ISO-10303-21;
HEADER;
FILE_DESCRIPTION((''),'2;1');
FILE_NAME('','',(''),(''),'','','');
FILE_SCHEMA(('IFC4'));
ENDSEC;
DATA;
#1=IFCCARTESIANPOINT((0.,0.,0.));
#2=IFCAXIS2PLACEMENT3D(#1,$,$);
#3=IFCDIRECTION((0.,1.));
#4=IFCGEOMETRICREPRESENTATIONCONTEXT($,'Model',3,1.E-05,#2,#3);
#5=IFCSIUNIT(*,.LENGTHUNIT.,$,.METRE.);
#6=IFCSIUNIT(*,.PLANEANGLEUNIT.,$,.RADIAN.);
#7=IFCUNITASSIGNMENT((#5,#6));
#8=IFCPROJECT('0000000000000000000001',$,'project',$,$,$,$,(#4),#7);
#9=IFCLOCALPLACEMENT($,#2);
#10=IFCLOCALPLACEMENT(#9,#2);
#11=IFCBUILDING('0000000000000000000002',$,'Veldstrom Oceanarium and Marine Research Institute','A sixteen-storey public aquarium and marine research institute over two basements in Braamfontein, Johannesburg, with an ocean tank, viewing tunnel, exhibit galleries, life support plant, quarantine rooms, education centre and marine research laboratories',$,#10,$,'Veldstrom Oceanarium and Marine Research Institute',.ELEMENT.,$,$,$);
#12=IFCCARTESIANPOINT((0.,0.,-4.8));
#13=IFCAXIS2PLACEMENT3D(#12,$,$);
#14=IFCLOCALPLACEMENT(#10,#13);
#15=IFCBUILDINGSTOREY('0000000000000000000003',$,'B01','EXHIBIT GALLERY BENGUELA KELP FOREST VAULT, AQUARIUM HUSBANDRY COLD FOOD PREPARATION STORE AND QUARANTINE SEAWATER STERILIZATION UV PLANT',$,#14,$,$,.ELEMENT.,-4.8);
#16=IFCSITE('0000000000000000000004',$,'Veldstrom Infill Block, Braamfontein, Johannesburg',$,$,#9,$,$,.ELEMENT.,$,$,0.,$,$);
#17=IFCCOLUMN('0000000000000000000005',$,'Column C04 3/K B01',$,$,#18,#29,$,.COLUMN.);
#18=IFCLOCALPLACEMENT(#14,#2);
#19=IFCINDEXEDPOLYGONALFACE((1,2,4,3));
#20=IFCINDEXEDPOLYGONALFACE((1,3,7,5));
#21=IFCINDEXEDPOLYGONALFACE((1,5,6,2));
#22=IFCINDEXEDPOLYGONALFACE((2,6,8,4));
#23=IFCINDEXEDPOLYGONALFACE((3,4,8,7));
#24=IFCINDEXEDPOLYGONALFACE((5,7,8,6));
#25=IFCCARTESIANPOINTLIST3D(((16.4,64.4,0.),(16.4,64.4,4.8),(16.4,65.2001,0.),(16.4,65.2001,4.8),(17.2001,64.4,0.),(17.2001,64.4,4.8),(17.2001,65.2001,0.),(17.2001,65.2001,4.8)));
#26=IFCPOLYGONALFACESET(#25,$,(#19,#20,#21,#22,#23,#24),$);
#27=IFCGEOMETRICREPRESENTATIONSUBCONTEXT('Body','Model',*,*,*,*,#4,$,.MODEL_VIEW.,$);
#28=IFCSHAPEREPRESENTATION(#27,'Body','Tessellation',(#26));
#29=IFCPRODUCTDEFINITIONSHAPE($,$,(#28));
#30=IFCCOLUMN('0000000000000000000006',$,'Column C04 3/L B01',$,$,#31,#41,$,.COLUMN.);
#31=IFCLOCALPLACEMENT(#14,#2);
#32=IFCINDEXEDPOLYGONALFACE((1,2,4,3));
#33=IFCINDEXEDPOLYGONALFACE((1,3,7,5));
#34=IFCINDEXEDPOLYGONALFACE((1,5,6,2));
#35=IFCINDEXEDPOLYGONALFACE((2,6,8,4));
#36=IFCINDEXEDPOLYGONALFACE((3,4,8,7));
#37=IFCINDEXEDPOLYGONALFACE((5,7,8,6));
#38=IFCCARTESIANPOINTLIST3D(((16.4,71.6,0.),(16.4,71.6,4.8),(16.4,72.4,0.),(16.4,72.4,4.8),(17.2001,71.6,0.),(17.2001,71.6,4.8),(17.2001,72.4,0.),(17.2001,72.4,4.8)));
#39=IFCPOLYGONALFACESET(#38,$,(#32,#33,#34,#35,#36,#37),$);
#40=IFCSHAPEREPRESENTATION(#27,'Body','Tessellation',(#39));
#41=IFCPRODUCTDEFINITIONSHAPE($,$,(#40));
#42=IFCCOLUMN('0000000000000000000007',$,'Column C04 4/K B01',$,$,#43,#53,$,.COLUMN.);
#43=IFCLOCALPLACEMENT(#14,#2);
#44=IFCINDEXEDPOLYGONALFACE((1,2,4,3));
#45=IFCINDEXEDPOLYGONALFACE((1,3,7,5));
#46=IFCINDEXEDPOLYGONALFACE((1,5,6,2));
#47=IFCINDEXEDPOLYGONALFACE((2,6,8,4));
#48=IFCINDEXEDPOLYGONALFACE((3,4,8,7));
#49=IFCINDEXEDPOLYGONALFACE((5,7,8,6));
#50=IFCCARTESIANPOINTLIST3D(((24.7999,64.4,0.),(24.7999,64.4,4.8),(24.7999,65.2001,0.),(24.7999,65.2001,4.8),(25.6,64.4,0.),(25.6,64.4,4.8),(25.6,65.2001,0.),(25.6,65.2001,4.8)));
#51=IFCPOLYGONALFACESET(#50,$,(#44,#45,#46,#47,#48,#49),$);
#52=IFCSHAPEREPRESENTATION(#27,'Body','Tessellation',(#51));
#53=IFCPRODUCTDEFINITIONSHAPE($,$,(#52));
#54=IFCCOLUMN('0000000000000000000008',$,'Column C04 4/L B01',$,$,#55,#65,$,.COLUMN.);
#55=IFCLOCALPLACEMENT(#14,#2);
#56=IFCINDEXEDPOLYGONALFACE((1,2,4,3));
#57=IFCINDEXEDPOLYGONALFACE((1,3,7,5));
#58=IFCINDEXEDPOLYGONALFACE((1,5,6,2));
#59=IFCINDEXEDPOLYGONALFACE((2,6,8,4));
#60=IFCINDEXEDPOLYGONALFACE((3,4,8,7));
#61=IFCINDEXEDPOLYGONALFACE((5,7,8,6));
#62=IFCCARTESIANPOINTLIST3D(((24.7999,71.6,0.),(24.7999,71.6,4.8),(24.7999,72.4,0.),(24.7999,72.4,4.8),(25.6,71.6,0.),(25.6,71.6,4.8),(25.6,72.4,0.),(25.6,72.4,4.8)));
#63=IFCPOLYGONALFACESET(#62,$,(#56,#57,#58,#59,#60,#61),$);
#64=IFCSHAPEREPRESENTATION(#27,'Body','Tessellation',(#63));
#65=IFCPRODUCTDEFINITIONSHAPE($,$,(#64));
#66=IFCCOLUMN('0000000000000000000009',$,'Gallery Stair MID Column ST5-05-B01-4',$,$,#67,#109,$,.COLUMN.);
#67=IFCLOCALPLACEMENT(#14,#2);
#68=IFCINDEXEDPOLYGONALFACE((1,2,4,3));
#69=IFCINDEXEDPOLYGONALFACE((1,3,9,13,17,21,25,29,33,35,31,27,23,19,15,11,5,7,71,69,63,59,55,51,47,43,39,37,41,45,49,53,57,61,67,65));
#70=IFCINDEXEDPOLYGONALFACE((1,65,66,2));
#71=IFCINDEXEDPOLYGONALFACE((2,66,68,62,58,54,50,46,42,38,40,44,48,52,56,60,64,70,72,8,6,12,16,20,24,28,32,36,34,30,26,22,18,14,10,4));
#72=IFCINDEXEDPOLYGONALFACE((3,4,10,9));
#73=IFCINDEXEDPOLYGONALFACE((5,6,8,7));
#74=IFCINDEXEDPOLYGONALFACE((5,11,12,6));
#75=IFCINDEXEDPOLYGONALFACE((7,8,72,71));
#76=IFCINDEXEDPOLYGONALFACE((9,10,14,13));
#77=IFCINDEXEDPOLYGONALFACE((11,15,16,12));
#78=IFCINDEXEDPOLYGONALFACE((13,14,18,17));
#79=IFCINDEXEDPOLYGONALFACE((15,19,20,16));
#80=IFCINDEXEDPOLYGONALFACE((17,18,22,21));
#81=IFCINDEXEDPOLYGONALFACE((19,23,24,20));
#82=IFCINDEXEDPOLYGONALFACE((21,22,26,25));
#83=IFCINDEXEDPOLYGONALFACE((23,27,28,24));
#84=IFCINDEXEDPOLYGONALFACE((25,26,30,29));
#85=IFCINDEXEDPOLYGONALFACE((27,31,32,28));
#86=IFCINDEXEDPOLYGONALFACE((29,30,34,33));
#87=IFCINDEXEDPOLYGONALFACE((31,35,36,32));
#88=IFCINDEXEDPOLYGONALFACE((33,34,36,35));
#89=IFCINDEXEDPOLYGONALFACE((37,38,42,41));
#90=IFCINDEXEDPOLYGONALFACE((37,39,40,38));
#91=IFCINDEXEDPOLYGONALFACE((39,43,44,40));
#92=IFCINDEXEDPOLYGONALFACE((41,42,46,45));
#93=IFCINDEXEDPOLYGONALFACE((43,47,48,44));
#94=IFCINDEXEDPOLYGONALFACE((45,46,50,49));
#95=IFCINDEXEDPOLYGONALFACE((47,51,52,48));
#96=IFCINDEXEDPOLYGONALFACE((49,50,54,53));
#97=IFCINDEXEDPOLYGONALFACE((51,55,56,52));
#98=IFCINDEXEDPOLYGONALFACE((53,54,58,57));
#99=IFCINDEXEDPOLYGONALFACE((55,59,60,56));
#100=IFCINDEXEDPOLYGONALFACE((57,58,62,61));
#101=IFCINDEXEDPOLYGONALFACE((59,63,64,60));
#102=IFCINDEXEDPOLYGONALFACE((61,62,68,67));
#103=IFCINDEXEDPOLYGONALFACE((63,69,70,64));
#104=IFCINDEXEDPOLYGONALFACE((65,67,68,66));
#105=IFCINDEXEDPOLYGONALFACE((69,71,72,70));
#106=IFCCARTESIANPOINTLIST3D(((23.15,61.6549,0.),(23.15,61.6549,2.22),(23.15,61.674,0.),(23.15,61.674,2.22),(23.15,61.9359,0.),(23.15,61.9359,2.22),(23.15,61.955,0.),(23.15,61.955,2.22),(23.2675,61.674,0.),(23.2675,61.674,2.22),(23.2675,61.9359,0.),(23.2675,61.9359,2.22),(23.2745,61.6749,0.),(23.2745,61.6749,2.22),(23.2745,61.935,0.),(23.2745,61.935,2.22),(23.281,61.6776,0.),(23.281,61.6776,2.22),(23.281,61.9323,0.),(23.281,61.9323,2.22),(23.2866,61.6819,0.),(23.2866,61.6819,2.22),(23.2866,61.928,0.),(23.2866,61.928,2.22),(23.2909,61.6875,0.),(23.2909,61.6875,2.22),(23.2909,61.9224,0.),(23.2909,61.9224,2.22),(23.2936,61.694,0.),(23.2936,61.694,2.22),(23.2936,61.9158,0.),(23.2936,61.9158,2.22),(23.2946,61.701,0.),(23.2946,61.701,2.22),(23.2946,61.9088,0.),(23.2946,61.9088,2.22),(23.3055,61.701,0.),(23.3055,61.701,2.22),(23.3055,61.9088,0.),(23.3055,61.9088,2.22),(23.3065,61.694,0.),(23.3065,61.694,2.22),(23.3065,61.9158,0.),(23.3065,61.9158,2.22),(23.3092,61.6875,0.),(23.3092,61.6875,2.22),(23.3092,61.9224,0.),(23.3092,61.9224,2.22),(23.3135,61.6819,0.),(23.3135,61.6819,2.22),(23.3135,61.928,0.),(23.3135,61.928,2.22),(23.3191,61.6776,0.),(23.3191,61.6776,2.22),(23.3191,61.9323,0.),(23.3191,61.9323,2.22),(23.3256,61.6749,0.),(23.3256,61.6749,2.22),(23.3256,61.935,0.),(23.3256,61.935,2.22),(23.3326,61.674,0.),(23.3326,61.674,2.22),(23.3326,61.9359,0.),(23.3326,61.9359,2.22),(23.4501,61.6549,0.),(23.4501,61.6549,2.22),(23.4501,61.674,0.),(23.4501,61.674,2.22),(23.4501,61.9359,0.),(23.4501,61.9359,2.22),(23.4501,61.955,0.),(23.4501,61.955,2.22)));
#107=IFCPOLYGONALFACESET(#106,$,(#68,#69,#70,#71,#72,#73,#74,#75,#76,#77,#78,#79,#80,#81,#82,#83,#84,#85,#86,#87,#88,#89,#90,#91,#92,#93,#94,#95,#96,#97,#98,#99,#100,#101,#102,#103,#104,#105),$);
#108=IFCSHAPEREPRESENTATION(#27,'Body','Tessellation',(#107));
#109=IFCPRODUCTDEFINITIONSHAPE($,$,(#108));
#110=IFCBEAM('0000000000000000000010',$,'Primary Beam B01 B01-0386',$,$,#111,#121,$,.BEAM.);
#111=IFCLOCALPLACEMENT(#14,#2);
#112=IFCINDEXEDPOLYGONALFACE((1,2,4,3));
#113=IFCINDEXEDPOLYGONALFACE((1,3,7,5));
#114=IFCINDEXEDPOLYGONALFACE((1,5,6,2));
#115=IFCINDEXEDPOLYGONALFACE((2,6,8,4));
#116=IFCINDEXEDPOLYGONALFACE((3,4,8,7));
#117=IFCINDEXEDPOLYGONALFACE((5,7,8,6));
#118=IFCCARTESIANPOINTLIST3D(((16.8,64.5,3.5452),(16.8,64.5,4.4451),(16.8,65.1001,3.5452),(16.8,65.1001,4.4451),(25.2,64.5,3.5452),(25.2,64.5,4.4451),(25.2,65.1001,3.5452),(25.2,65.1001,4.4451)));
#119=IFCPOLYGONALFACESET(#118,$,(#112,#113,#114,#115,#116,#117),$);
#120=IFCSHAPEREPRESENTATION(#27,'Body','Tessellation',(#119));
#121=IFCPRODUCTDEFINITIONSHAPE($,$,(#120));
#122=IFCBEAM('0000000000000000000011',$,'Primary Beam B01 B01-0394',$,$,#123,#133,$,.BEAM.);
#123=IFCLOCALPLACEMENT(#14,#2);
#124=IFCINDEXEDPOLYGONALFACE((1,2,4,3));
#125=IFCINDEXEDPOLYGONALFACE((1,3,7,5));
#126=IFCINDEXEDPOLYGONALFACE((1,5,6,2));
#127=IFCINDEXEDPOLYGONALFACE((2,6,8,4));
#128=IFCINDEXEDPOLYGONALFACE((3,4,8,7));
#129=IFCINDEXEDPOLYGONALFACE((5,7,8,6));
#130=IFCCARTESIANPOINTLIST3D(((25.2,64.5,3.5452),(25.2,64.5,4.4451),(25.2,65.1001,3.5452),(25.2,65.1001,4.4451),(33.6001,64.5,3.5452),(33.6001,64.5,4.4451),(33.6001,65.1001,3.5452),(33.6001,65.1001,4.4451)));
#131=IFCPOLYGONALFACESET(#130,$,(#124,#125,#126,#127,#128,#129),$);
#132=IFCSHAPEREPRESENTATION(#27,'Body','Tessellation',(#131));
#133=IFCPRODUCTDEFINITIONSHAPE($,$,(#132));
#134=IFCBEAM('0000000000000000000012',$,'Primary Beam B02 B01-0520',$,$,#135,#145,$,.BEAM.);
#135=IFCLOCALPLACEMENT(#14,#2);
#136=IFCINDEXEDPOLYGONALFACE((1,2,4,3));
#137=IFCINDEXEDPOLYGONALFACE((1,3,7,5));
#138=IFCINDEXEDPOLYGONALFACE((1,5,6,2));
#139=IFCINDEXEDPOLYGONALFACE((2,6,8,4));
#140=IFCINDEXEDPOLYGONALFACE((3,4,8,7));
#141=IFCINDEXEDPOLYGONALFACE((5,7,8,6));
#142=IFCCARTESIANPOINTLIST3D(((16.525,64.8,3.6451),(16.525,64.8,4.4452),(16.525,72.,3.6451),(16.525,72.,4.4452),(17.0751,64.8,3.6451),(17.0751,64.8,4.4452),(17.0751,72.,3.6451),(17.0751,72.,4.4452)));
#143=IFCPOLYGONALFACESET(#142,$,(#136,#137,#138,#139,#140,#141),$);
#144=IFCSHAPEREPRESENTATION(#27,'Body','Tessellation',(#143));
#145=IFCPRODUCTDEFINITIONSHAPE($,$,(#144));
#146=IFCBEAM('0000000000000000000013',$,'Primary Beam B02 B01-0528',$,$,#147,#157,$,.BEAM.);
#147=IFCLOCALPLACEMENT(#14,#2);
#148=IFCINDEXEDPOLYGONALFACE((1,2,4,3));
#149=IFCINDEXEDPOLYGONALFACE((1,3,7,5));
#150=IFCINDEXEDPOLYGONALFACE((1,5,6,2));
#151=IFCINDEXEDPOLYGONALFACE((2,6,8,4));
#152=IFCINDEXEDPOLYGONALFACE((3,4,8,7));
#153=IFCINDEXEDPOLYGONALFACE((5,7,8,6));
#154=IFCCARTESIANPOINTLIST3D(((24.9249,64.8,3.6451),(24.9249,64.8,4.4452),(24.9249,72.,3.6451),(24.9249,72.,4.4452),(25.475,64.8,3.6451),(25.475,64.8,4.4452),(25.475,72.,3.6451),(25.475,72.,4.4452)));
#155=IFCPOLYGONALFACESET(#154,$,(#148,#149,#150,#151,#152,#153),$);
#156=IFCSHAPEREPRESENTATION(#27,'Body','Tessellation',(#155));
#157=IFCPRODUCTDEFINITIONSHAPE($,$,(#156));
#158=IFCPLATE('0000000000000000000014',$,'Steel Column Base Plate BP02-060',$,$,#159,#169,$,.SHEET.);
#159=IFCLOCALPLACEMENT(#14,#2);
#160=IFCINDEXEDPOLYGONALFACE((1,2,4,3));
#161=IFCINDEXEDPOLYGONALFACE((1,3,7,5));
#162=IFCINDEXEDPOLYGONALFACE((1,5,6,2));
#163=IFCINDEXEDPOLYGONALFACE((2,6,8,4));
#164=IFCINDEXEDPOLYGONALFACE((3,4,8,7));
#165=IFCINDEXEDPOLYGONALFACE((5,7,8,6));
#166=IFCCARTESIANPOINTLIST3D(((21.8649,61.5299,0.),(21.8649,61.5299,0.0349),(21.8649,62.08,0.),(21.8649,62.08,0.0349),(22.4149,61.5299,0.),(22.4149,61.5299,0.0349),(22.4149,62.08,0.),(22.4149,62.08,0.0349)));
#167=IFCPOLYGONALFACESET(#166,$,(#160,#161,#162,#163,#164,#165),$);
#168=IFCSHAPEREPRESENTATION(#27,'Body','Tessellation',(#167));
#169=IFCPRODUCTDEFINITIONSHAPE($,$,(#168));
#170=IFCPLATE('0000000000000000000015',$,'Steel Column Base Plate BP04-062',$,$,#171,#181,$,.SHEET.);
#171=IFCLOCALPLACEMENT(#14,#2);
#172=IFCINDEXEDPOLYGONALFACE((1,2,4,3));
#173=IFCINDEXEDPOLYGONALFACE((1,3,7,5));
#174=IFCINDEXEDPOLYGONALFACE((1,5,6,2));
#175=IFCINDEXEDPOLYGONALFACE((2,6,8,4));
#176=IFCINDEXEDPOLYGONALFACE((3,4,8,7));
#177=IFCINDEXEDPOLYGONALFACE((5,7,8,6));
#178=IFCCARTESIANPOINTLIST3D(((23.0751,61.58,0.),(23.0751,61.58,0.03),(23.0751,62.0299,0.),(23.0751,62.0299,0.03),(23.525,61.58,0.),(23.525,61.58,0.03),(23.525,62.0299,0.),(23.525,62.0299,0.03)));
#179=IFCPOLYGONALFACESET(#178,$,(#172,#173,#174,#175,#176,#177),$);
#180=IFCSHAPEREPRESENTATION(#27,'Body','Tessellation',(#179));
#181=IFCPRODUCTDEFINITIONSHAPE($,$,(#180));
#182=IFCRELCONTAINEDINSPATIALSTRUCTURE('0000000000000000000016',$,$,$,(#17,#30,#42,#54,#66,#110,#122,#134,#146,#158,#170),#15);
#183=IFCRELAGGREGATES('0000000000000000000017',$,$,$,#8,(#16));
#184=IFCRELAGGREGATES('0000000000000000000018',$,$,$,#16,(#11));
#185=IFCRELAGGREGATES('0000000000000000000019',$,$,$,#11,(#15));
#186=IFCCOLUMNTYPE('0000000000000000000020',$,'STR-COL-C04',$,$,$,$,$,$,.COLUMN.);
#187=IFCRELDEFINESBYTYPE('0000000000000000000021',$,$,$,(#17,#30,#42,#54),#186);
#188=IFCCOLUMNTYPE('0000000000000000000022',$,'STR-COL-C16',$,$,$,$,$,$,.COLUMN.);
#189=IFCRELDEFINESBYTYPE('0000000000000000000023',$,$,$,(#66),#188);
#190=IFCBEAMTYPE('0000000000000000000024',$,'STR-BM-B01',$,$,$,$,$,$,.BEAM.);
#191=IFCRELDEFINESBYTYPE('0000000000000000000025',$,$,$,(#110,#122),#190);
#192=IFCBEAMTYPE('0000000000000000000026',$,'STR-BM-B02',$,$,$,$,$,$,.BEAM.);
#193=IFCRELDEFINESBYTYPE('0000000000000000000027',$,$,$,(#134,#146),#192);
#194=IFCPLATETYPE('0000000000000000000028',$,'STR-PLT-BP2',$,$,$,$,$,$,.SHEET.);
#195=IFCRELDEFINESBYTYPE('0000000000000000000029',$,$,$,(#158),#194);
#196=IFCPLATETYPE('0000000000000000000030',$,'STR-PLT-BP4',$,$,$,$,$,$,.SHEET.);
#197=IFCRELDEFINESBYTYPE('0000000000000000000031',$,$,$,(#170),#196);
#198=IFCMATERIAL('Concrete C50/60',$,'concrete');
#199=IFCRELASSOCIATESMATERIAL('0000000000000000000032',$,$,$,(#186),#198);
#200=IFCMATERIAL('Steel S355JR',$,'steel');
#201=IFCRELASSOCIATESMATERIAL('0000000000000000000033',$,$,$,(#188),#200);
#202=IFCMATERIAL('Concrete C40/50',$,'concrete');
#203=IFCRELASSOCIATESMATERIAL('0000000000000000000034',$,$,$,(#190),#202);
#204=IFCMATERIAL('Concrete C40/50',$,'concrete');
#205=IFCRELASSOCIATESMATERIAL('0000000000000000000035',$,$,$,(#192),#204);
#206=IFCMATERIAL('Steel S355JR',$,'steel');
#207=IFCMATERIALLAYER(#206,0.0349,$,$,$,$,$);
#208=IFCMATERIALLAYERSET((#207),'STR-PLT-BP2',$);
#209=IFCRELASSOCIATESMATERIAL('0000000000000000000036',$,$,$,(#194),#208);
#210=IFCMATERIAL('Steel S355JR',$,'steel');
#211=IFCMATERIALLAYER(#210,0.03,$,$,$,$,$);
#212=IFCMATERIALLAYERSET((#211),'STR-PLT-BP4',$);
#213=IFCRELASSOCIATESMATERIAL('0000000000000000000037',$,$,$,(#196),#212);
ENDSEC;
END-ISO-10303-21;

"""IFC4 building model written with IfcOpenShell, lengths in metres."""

from ifc_helpers import new_model, si_unit, direction, frame, origin, origin_2d, place, context, subcontext, project, spatial, rectangle, i_section, extrude, material, layer, layer_set, material_profile, profile_set, type_object, element, save


model = new_model("IFC4")

# Units and contexts
model_context = context("Model", 3, precision=1e-05, world=origin(), true_north=direction((0.0, 1.0)))
body_context = subcontext(model_context, "Body", "Model", "MODEL_VIEW")
ifc_project = project(units=[si_unit("LENGTHUNIT", "METRE"), si_unit("PLANEANGLEUNIT", "RADIAN")], contexts=[model_context])

# Site, building, storey
site_placement = place(None, origin())
site = spatial("IfcSite", under=ifc_project, at=site_placement, Name="Veldstrom Infill Block, Braamfontein, Johannesburg", CompositionType="ELEMENT", RefElevation=0.0)
building_placement = place(site_placement, origin())
building = spatial("IfcBuilding", under=site, at=building_placement, Name="Veldstrom Oceanarium and Marine Research Institute", Description="A sixteen-storey public aquarium and marine research institute over two basements in Braamfontein, Johannesburg, with an ocean tank, viewing tunnel, exhibit galleries, life support plant, quarantine rooms, education centre and marine research laboratories", LongName="Veldstrom Oceanarium and Marine Research Institute", CompositionType="ELEMENT")
storey_placement = place(building_placement, frame((0.0, 0.0, -4.8)))
storey = spatial("IfcBuildingStorey", under=building, at=storey_placement, Name="B01", Description="EXHIBIT GALLERY BENGUELA KELP FOREST VAULT, AQUARIUM HUSBANDRY COLD FOOD PREPARATION STORE AND QUARANTINE SEAWATER STERILIZATION UV PLANT", CompositionType="ELEMENT", Elevation=-4.8)

# Columns
ifc_material_1 = material(Name="Concrete C50/60", Category="concrete")
ifc_material_profile_1 = material_profile(ifc_material_1, rectangle(XDim=0.8, YDim=0.8, at=origin_2d()), Name="RC-COL-800x800")
ifc_profile_set_1 = profile_set([ifc_material_profile_1], Name="Concrete C50/60")
column_type_1 = type_object("IfcColumnType", Name="STR-COL-C04", PredefinedType="COLUMN", material=ifc_profile_set_1)
for number, where, z_axis, x_axis, name in (
    (1, (16.8, 64.8, 0.0), (0.0, 0.0, 1.0), (1.0, 0.0, 0.0), "Column C04 3/K B01"),
    (2, (16.8, 72.0, 0.0), (0.0, 0.0, 1.0), (1.0, 0.0, 0.0), "Column C04 3/L B01"),
    (3, (25.2, 64.8, 0.0), (0.0, 0.0, 1.0), (1.0, 0.0, 0.0), "Column C04 4/K B01"),
    (4, (25.2, 72.0, 0.0), (0.0, 0.0, 1.0), (1.0, 0.0, 0.0), "Column C04 4/L B01"),
):
    element("IfcColumn", number, at=place(storey_placement, frame(where, z_axis=z_axis, x_axis=x_axis)), inside=storey, type_object=column_type_1, Name=name, PredefinedType="COLUMN", context=body_context, shape_type="SweptSolid", body=[
        extrude(rectangle(XDim=0.8, YDim=0.8, at=origin_2d()), origin(), (0.0, 0.0, 1.0), 4.8),
    ])
ifc_material_2 = material(Name="Steel S355JR", Category="steel")
ifc_material_profile_2 = material_profile(ifc_material_2, i_section(OverallWidth=0.3, OverallDepth=0.3, WebThickness=0.011, FlangeThickness=0.019, FilletRadius=0.0271, at=origin_2d()), Name="HEB 300")
ifc_profile_set_2 = profile_set([ifc_material_profile_2], Name="Steel S355JR")
column_type_2 = type_object("IfcColumnType", Name="STR-COL-C16", PredefinedType="COLUMN", material=ifc_profile_set_2)
column_placement = place(storey_placement, frame((23.3, 61.8049, 0.0), z_axis=(0.0, 0.0, 1.0), x_axis=(1.0, 0.0, 0.0)))
element("IfcColumn", 5, at=column_placement, inside=storey, type_object=column_type_2, Name="Gallery Stair MID Column ST5-05-B01-4", PredefinedType="COLUMN", context=body_context, shape_type="SweptSolid", body=[
    extrude(i_section(OverallWidth=0.3, OverallDepth=0.3, WebThickness=0.011, FlangeThickness=0.019, FilletRadius=0.0271, at=origin_2d()), origin(), (0.0, 0.0, 1.0), 2.22),
])

# Beams
ifc_material_3 = material(Name="Concrete C40/50", Category="concrete")
ifc_material_profile_3 = material_profile(ifc_material_3, rectangle(XDim=0.6001, YDim=0.8999, at=origin_2d()), Name="RC-BM-600x900")
ifc_profile_set_3 = profile_set([ifc_material_profile_3], Name="Concrete C40/50")
beam_type_1 = type_object("IfcBeamType", Name="STR-BM-B01", PredefinedType="BEAM", material=ifc_profile_set_3)
beam_1_placement = place(storey_placement, frame((16.8, 64.8, 3.9951), z_axis=(1.0, 0.0, 0.0), x_axis=(0.0, 1.0, 0.0)))
element("IfcBeam", 6, at=beam_1_placement, inside=storey, type_object=beam_type_1, Name="Primary Beam B01 B01-0386", PredefinedType="BEAM", context=body_context, shape_type="SweptSolid", body=[
    extrude(rectangle(XDim=0.6001, YDim=0.8999, at=origin_2d()), origin(), (0.0, 0.0, 1.0), 8.3999),
])
beam_2_placement = place(storey_placement, frame((25.2, 64.8, 3.9951), z_axis=(1.0, 0.0, 0.0), x_axis=(0.0, 1.0, 0.0)))
element("IfcBeam", 7, at=beam_2_placement, inside=storey, type_object=beam_type_1, Name="Primary Beam B01 B01-0394", PredefinedType="BEAM", context=body_context, shape_type="SweptSolid", body=[
    extrude(rectangle(XDim=0.6001, YDim=0.8999, at=origin_2d()), origin(), (0.0, 0.0, 1.0), 8.4001),
])
ifc_material_4 = material(Name="Concrete C40/50", Category="concrete")
ifc_material_profile_4 = material_profile(ifc_material_4, rectangle(XDim=0.55, YDim=0.8, at=origin_2d()), Name="RC-BM-550x800")
ifc_profile_set_4 = profile_set([ifc_material_profile_4], Name="Concrete C40/50")
beam_type_2 = type_object("IfcBeamType", Name="STR-BM-B02", PredefinedType="BEAM", material=ifc_profile_set_4)
for number, where, z_axis, x_axis, name in (
    (8, (16.8, 64.8, 4.0452), (0.0, 1.0, 0.0), (-1.0, 0.0, 0.0), "Primary Beam B02 B01-0520"),
    (9, (25.2, 64.8, 4.0452), (0.0, 1.0, 0.0), (-1.0, 0.0, 0.0), "Primary Beam B02 B01-0528"),
):
    element("IfcBeam", number, at=place(storey_placement, frame(where, z_axis=z_axis, x_axis=x_axis)), inside=storey, type_object=beam_type_2, Name=name, PredefinedType="BEAM", context=body_context, shape_type="SweptSolid", body=[
        extrude(rectangle(XDim=0.55, YDim=0.8, at=origin_2d()), origin(), (0.0, 0.0, 1.0), 7.2),
    ])

# Plates
ifc_material_5 = material(Name="Steel S355JR", Category="steel")
ifc_layer_1 = layer(ifc_material_5, 0.0349)
ifc_layer_set_1 = layer_set([ifc_layer_1], Name="STR-PLT-BP2")
plate_type_1 = type_object("IfcPlateType", Name="STR-PLT-BP2", PredefinedType="SHEET", material=ifc_layer_set_1)
plate_1_placement = place(storey_placement, frame((22.1399, 61.8049, 0.0), z_axis=(0.0, 0.0, 1.0), x_axis=(1.0, 0.0, 0.0)))
element("IfcPlate", 10, at=plate_1_placement, inside=storey, type_object=plate_type_1, Name="Steel Column Base Plate BP02-060", PredefinedType="SHEET", context=body_context, shape_type="SweptSolid", body=[
    extrude(rectangle(XDim=0.55, YDim=0.55, at=origin_2d()), origin(), (0.0, 0.0, 1.0), 0.0349),
])
ifc_material_6 = material(Name="Steel S355JR", Category="steel")
ifc_layer_2 = layer(ifc_material_6, 0.03)
ifc_layer_set_2 = layer_set([ifc_layer_2], Name="STR-PLT-BP4")
plate_type_2 = type_object("IfcPlateType", Name="STR-PLT-BP4", PredefinedType="SHEET", material=ifc_layer_set_2)
plate_2_placement = place(storey_placement, frame((23.3, 61.8049, 0.0), z_axis=(0.0, 0.0, 1.0), x_axis=(1.0, 0.0, 0.0)))
element("IfcPlate", 11, at=plate_2_placement, inside=storey, type_object=plate_type_2, Name="Steel Column Base Plate BP04-062", PredefinedType="SHEET", context=body_context, shape_type="SweptSolid", body=[
    extrude(rectangle(XDim=0.45, YDim=0.45, at=origin_2d()), origin(), (0.0, 0.0, 1.0), 0.03),
])

save(model, "model.ifc")
